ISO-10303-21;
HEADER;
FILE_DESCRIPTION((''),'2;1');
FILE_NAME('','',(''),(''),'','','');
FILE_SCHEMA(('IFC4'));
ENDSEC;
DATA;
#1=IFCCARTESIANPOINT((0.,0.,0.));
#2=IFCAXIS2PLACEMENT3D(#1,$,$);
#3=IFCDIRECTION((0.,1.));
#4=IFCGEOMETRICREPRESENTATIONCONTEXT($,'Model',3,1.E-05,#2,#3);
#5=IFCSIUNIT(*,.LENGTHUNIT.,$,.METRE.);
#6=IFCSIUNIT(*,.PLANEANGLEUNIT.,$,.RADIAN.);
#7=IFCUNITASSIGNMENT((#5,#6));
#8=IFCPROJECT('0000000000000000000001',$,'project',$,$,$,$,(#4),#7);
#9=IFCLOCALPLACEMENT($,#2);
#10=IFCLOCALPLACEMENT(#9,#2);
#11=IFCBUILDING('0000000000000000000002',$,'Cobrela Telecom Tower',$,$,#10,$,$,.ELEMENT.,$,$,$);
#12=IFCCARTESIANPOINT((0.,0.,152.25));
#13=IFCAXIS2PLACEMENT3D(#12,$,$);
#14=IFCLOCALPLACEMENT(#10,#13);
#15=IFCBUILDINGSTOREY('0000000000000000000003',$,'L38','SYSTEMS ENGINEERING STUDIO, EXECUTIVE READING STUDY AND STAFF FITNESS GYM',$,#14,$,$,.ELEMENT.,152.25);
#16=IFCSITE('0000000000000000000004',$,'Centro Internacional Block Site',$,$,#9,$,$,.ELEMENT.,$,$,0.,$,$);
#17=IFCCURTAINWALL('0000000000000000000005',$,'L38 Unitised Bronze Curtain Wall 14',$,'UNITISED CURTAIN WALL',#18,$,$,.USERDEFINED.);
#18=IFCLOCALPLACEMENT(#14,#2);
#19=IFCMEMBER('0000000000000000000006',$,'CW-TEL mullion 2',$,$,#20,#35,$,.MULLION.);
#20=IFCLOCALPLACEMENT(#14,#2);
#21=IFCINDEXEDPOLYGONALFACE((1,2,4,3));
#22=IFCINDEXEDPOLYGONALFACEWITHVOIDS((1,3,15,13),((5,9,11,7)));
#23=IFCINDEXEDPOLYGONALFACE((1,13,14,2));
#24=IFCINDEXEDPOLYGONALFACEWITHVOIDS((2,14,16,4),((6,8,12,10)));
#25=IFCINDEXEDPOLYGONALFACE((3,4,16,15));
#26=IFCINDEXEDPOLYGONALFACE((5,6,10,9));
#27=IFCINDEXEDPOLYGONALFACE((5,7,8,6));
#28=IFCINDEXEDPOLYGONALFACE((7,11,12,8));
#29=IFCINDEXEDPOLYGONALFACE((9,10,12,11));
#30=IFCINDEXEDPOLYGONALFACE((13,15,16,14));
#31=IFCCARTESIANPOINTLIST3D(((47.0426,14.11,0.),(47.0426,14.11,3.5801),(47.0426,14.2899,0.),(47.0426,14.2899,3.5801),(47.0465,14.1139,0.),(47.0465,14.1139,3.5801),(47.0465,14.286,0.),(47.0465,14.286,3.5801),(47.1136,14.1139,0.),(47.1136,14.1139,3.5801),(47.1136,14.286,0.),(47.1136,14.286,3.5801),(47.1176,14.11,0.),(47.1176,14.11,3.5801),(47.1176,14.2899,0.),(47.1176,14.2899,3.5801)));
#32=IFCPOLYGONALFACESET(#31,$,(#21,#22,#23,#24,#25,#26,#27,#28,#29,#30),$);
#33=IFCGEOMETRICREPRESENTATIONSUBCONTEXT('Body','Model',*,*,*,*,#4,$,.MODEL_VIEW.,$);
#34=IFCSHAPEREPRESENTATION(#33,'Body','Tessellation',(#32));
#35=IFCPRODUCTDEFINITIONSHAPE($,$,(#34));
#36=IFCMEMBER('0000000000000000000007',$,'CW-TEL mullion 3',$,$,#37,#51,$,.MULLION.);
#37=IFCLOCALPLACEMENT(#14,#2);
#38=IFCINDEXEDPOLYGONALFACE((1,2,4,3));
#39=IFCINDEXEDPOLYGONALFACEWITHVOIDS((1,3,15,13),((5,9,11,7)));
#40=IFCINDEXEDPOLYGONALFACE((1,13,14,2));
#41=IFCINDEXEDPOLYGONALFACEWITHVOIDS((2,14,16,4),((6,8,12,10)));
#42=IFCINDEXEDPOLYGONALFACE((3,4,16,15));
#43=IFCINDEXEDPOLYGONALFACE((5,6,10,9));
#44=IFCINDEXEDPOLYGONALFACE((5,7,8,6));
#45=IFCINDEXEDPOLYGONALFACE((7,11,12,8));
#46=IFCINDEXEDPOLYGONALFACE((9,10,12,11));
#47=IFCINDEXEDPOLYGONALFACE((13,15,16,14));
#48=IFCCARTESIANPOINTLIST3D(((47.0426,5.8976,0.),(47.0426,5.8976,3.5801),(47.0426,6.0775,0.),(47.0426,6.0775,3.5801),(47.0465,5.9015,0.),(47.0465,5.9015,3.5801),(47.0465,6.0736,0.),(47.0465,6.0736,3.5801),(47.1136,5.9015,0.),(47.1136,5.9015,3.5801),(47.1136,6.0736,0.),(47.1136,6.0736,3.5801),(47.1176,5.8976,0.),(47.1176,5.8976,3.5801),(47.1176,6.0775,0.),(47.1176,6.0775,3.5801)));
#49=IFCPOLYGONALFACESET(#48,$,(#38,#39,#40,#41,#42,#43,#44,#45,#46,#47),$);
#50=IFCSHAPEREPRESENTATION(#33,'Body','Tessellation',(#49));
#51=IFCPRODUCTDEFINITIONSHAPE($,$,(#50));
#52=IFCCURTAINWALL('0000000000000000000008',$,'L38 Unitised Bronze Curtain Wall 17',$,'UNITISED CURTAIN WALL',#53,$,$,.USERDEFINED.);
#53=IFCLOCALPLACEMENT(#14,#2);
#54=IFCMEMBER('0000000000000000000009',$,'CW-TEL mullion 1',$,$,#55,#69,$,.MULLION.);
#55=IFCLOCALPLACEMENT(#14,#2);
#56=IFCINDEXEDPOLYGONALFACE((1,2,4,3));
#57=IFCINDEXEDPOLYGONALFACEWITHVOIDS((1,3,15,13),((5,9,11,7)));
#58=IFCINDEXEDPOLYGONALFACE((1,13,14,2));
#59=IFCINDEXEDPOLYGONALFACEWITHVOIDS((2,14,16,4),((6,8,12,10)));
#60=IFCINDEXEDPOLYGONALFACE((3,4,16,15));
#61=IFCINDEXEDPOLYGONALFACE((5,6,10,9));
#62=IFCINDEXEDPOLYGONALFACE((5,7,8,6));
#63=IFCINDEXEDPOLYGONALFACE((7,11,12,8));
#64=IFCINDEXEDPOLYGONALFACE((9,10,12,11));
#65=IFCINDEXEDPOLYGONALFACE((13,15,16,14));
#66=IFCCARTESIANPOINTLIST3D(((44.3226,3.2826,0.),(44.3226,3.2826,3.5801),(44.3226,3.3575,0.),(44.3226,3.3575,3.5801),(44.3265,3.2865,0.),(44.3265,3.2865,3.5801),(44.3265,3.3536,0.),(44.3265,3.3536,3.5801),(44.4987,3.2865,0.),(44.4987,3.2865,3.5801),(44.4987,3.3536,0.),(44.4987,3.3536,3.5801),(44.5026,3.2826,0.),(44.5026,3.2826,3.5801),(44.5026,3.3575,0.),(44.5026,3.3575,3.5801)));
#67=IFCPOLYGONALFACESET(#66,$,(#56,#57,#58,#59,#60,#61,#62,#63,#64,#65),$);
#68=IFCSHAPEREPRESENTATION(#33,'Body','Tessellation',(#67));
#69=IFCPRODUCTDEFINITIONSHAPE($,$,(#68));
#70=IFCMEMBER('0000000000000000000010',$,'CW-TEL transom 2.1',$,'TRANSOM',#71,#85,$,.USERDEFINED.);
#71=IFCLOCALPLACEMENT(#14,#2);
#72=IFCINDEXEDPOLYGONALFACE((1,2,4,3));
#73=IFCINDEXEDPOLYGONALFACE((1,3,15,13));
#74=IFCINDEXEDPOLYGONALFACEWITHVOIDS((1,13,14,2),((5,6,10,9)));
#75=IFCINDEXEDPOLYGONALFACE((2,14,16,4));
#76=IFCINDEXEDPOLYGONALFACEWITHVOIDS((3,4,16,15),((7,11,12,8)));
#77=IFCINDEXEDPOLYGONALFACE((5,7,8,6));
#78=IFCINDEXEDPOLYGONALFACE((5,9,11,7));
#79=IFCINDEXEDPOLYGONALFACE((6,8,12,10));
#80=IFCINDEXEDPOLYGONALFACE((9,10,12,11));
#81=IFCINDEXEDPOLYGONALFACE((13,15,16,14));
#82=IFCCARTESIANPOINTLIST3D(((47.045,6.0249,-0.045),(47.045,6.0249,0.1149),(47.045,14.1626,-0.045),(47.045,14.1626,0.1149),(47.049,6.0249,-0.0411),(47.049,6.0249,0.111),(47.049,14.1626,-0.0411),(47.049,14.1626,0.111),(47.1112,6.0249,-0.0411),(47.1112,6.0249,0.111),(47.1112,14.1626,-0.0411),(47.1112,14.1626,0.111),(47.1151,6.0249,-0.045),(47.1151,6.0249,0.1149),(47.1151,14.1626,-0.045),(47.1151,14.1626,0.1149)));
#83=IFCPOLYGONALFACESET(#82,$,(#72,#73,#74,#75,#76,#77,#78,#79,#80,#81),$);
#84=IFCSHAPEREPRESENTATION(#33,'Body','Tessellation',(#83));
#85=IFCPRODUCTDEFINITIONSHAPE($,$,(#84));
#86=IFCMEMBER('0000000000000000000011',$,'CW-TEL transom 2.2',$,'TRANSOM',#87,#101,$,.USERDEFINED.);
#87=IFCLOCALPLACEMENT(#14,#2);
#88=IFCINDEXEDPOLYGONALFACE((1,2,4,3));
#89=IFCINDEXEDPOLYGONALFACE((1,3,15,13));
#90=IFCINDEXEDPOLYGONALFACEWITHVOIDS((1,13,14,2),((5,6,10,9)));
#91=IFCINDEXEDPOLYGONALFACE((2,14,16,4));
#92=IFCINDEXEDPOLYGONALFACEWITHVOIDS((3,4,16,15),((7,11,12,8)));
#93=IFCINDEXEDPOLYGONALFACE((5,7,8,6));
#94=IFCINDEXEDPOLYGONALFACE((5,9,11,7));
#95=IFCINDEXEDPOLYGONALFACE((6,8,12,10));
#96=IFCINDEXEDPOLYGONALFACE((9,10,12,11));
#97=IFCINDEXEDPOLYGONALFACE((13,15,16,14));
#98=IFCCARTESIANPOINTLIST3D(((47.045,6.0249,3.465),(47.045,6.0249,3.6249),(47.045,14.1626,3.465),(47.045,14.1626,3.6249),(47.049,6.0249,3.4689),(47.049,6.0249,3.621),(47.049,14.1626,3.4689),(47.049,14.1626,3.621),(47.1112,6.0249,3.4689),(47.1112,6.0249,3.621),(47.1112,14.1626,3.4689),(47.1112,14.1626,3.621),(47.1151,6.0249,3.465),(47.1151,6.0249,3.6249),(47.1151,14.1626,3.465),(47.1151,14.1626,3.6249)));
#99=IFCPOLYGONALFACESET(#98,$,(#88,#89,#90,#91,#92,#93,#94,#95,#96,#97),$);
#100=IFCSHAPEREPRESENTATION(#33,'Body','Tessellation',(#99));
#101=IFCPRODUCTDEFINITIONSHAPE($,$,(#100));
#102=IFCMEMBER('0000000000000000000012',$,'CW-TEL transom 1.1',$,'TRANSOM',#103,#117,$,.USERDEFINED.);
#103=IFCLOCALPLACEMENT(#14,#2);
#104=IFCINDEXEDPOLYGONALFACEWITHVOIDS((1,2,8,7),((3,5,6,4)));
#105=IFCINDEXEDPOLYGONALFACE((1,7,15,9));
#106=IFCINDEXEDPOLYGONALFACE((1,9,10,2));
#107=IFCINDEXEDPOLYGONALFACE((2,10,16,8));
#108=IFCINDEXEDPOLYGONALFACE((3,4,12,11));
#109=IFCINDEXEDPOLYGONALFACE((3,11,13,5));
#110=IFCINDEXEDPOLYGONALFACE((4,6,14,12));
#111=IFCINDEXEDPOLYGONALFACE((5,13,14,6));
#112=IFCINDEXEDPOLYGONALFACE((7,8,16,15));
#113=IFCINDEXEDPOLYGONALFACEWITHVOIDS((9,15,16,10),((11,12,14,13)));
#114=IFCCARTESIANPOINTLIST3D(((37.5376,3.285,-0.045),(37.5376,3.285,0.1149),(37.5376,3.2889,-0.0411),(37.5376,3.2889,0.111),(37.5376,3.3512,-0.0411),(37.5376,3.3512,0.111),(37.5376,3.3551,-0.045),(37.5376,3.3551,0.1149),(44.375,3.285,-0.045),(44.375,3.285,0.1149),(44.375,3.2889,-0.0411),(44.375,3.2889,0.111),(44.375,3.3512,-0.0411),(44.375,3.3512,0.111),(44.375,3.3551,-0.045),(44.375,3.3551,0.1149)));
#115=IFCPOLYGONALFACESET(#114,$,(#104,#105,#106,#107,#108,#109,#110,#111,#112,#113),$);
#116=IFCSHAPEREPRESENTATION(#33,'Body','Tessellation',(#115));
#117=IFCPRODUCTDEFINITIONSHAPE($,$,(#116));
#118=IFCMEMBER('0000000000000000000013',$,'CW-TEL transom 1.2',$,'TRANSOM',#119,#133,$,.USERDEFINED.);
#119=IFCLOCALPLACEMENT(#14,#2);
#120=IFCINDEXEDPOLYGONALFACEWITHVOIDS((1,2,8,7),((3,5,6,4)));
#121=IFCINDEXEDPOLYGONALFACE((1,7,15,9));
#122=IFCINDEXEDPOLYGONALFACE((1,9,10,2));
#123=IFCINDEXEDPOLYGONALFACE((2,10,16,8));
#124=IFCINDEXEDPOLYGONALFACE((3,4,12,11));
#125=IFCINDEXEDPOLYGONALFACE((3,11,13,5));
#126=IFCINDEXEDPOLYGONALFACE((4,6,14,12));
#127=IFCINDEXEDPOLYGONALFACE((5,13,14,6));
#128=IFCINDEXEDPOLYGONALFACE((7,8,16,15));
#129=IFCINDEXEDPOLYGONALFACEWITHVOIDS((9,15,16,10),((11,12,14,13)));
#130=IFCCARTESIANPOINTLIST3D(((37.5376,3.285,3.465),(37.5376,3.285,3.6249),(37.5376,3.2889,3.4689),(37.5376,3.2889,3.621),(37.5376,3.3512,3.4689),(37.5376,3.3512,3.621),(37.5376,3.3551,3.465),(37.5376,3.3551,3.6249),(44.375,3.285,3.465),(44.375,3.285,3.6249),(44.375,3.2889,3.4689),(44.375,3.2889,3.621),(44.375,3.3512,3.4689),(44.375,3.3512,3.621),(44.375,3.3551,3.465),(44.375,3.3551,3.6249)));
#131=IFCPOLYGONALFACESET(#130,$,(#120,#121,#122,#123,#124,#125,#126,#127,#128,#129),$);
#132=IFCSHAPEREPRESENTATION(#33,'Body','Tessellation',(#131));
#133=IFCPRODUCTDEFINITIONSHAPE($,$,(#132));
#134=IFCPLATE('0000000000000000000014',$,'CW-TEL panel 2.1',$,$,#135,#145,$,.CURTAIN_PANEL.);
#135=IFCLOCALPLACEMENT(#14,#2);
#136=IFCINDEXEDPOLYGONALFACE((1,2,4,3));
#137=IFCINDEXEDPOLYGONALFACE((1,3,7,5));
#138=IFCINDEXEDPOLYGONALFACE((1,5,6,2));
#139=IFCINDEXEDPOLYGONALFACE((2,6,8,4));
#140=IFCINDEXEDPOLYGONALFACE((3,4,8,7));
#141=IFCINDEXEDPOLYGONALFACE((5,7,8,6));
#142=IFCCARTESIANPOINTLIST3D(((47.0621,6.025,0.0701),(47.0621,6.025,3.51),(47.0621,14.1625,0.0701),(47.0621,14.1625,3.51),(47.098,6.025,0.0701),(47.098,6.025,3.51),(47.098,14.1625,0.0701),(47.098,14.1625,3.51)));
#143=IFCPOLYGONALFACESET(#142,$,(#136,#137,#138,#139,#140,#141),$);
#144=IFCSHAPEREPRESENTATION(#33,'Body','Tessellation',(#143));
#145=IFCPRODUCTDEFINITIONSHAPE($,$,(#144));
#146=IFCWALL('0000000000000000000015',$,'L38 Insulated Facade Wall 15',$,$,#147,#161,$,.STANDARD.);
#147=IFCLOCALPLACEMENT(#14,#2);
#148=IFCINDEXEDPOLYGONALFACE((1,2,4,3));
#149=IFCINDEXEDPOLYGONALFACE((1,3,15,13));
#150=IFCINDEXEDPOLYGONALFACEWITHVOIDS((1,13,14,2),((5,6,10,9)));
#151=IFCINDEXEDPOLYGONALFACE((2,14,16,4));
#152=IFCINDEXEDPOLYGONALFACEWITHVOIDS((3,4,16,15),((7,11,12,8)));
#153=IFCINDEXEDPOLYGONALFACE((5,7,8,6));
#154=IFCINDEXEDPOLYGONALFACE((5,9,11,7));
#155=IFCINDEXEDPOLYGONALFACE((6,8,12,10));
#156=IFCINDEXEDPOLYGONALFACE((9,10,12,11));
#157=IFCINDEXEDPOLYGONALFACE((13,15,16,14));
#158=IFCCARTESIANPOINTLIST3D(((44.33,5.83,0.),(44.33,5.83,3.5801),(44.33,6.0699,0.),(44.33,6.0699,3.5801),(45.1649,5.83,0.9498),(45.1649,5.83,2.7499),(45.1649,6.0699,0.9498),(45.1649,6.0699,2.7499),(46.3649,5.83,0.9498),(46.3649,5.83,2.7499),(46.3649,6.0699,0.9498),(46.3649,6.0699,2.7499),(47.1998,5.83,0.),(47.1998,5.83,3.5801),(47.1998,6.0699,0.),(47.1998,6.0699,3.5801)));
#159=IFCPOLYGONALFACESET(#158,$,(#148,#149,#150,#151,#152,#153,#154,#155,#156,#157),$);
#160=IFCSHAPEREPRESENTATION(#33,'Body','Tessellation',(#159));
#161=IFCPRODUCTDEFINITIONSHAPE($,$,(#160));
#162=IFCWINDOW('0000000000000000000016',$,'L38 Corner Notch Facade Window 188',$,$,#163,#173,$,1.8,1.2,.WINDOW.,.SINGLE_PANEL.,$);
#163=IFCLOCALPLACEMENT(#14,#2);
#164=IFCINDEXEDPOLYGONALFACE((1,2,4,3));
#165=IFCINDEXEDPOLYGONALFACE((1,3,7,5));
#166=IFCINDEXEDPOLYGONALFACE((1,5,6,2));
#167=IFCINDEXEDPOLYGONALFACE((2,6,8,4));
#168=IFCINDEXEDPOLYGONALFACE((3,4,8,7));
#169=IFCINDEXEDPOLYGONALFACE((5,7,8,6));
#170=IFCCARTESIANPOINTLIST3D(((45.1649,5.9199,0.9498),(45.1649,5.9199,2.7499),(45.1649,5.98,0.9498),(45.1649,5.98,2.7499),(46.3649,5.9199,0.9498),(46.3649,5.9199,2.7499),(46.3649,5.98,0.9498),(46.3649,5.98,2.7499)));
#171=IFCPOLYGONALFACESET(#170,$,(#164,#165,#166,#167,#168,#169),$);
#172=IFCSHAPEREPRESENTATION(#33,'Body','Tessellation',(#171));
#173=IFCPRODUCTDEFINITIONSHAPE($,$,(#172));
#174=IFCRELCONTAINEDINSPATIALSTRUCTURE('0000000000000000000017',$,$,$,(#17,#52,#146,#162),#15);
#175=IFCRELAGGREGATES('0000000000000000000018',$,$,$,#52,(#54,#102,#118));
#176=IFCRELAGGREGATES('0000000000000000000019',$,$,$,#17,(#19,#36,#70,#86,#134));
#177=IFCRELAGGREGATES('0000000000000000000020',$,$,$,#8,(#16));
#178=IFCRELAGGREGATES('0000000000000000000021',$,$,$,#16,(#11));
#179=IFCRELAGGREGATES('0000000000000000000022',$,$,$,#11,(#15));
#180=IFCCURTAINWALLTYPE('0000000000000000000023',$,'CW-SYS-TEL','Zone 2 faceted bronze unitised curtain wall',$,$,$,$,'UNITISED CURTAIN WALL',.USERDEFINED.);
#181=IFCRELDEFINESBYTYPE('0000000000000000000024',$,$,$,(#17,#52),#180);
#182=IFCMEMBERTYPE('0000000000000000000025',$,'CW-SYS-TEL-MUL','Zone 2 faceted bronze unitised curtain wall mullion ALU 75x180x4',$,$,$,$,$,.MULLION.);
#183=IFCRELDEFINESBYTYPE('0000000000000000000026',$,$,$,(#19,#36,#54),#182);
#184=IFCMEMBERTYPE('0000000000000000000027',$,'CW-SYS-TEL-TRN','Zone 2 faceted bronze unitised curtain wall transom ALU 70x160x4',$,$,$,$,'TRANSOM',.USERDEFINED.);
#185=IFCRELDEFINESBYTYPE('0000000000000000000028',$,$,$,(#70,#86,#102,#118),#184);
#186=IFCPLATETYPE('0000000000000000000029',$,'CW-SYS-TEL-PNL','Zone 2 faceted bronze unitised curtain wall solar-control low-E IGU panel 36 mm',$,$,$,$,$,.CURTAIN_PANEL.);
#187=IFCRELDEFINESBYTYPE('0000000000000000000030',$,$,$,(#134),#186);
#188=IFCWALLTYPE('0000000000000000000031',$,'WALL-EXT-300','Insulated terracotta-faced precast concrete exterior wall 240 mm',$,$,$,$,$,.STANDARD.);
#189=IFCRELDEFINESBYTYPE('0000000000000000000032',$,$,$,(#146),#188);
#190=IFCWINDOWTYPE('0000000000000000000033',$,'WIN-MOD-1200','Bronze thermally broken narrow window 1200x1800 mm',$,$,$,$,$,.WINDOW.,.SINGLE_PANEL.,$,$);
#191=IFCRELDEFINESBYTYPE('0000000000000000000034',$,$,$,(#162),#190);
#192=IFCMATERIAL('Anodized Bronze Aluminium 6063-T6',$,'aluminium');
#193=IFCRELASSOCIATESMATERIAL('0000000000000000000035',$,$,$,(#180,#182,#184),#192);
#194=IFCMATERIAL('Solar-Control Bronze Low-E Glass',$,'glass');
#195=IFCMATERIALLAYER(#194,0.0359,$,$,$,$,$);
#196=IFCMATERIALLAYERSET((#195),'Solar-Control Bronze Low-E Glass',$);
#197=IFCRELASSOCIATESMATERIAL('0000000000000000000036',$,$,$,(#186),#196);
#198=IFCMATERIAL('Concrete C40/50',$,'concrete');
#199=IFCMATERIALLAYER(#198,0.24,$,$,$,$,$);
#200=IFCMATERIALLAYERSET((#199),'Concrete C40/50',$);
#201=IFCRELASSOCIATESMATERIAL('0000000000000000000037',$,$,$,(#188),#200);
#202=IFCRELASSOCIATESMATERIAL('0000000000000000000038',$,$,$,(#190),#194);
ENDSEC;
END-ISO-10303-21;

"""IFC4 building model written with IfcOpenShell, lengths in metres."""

from ifc_helpers import new_model, si_unit, direction, frame, frame_2d, origin, origin_2d, place, context, subcontext, project, spatial, rectangle, hollow_rectangle, extrude, material, layer, layer_set, material_profile, profile_set, type_object, element, fill, aggregate, save


model = new_model("IFC4")

# Units and contexts
model_context = context("Model", 3, precision=1e-05, world=origin(), true_north=direction((0.0, 1.0)))
body_context = subcontext(model_context, "Body", "Model", "MODEL_VIEW")
ifc_project = project(units=[si_unit("LENGTHUNIT", "METRE"), si_unit("PLANEANGLEUNIT", "RADIAN")], contexts=[model_context])

# Site, building, storey
site_placement = place(None, origin())
site = spatial("IfcSite", under=ifc_project, at=site_placement, Name="Centro Internacional Block Site", CompositionType="ELEMENT", RefElevation=0.0)
building_placement = place(site_placement, origin())
building = spatial("IfcBuilding", under=site, at=building_placement, Name="Cobrela Telecom Tower", CompositionType="ELEMENT")
storey_placement = place(building_placement, frame((0.0, 0.0, 152.25)))
storey = spatial("IfcBuildingStorey", under=building, at=storey_placement, Name="L38", Description="SYSTEMS ENGINEERING STUDIO, EXECUTIVE READING STUDY AND STAFF FITNESS GYM", CompositionType="ELEMENT", Elevation=152.25)

# Curtain wall, members
ifc_material_1 = material(Name="Anodized Bronze Aluminium 6063-T6", Category="aluminium")
curtain_wall_type = type_object("IfcCurtainWallType", Name="CW-SYS-TEL", Description="Zone 2 faceted bronze unitised curtain wall", ElementType="UNITISED CURTAIN WALL", PredefinedType="USERDEFINED", material=ifc_material_1)
curtain_wall_1_placement = place(storey_placement, origin())
curtain_wall_1 = element("IfcCurtainWall", 1, at=curtain_wall_1_placement, inside=storey, type_object=curtain_wall_type, Name="L38 Unitised Bronze Curtain Wall 14", ObjectType="UNITISED CURTAIN WALL", PredefinedType="USERDEFINED")
ifc_material_profile_1 = material_profile(ifc_material_1, hollow_rectangle(XDim=0.075, YDim=0.1799, WallThickness=0.0039, at=origin_2d()), Name="ALU 75x180x4")
ifc_profile_set_1 = profile_set([ifc_material_profile_1], Name="Anodized Bronze Aluminium 6063-T6")
member_type_1 = type_object("IfcMemberType", Name="CW-SYS-TEL-MUL", Description="Zone 2 faceted bronze unitised curtain wall mullion ALU 75x180x4", PredefinedType="MULLION", material=ifc_profile_set_1)
member_1_placement = place(storey_placement, frame((47.0801, 14.2, 0.0), z_axis=(0.0, 0.0, 1.0), x_axis=(1.0, 0.0, 0.0)))
member_1 = element("IfcMember", 2, at=member_1_placement, type_object=member_type_1, Name="CW-TEL mullion 2", PredefinedType="MULLION", context=body_context, shape_type="SweptSolid", body=[
    extrude(hollow_rectangle(XDim=0.075, YDim=0.1799, WallThickness=0.0039, at=origin_2d()), origin(), (0.0, 0.0, 1.0), 3.5801),
])
member_2_placement = place(storey_placement, frame((47.0801, 5.9875, 0.0), z_axis=(0.0, 0.0, 1.0), x_axis=(1.0, 0.0, 0.0)))
member_2 = element("IfcMember", 3, at=member_2_placement, type_object=member_type_1, Name="CW-TEL mullion 3", PredefinedType="MULLION", context=body_context, shape_type="SweptSolid", body=[
    extrude(hollow_rectangle(XDim=0.075, YDim=0.1799, WallThickness=0.0039, at=origin_2d()), origin(), (0.0, 0.0, 1.0), 3.5801),
])

# Curtain wall, member
curtain_wall_2_placement = place(storey_placement, origin())
curtain_wall_2 = element("IfcCurtainWall", 4, at=curtain_wall_2_placement, inside=storey, type_object=curtain_wall_type, Name="L38 Unitised Bronze Curtain Wall 17", ObjectType="UNITISED CURTAIN WALL", PredefinedType="USERDEFINED")
member_3_placement = place(storey_placement, frame((44.4126, 3.3201, 0.0), z_axis=(0.0, 0.0, 1.0), x_axis=(0.0, -1.0, 0.0)))
member_3 = element("IfcMember", 5, at=member_3_placement, type_object=member_type_1, Name="CW-TEL mullion 1", PredefinedType="MULLION", context=body_context, shape_type="SweptSolid", body=[
    extrude(hollow_rectangle(XDim=0.075, YDim=0.1799, WallThickness=0.0039, at=origin_2d()), origin(), (0.0, 0.0, 1.0), 3.5801),
])

# Members
ifc_material_profile_2 = material_profile(ifc_material_1, hollow_rectangle(XDim=0.0701, YDim=0.1599, WallThickness=0.0039, at=origin_2d()), Name="ALU 70x160x4")
ifc_profile_set_2 = profile_set([ifc_material_profile_2], Name="Anodized Bronze Aluminium 6063-T6")
member_type_2 = type_object("IfcMemberType", Name="CW-SYS-TEL-TRN", Description="Zone 2 faceted bronze unitised curtain wall transom ALU 70x160x4", ElementType="TRANSOM", PredefinedType="USERDEFINED", material=ifc_profile_set_2)
member_4_placement = place(storey_placement, frame((47.0801, 14.1626, 0.0349), z_axis=(0.0, -1.0, 0.0), x_axis=(1.0, 0.0, 0.0)))
member_4 = element("IfcMember", 6, at=member_4_placement, type_object=member_type_2, Name="CW-TEL transom 2.1", ObjectType="TRANSOM", PredefinedType="USERDEFINED", context=body_context, shape_type="SweptSolid", body=[
    extrude(hollow_rectangle(XDim=0.0701, YDim=0.1599, WallThickness=0.0039, at=origin_2d()), origin(), (0.0, 0.0, 1.0), 8.1377),
])
member_5_placement = place(storey_placement, frame((47.0801, 14.1626, 3.5449), z_axis=(0.0, -1.0, 0.0), x_axis=(1.0, 0.0, 0.0)))
member_5 = element("IfcMember", 7, at=member_5_placement, type_object=member_type_2, Name="CW-TEL transom 2.2", ObjectType="TRANSOM", PredefinedType="USERDEFINED", context=body_context, shape_type="SweptSolid", body=[
    extrude(hollow_rectangle(XDim=0.0701, YDim=0.1599, WallThickness=0.0039, at=origin_2d()), origin(), (0.0, 0.0, 1.0), 8.1377),
])
member_6_placement = place(storey_placement, frame((44.375, 3.3201, 0.0349), z_axis=(-1.0, 0.0, 0.0), x_axis=(0.0, -1.0, 0.0)))
member_6 = element("IfcMember", 8, at=member_6_placement, type_object=member_type_2, Name="CW-TEL transom 1.1", ObjectType="TRANSOM", PredefinedType="USERDEFINED", context=body_context, shape_type="SweptSolid", body=[
    extrude(hollow_rectangle(XDim=0.0701, YDim=0.1599, WallThickness=0.0039, at=origin_2d()), origin(), (0.0, 0.0, 1.0), 6.8374),
])
member_7_placement = place(storey_placement, frame((44.375, 3.3201, 3.5449), z_axis=(-1.0, 0.0, 0.0), x_axis=(0.0, -1.0, 0.0)))
member_7 = element("IfcMember", 9, at=member_7_placement, type_object=member_type_2, Name="CW-TEL transom 1.2", ObjectType="TRANSOM", PredefinedType="USERDEFINED", context=body_context, shape_type="SweptSolid", body=[
    extrude(hollow_rectangle(XDim=0.0701, YDim=0.1599, WallThickness=0.0039, at=origin_2d()), origin(), (0.0, 0.0, 1.0), 6.8374),
])
aggregate(curtain_wall_2, [member_3, member_6, member_7])

# Plate
ifc_material_2 = material(Name="Solar-Control Bronze Low-E Glass", Category="glass")
ifc_layer_1 = layer(ifc_material_2, 0.0359)
ifc_layer_set_1 = layer_set([ifc_layer_1], Name="Solar-Control Bronze Low-E Glass")
plate_type = type_object("IfcPlateType", Name="CW-SYS-TEL-PNL", Description="Zone 2 faceted bronze unitised curtain wall solar-control low-E IGU panel 36 mm", PredefinedType="CURTAIN_PANEL", material=ifc_layer_set_1)
plate_placement = place(storey_placement, frame((47.0801, 10.0938, 0.0701), z_axis=(0.0, 0.0, 1.0), x_axis=(0.0, -1.0, 0.0)))
plate = element("IfcPlate", 10, at=plate_placement, type_object=plate_type, Name="CW-TEL panel 2.1", PredefinedType="CURTAIN_PANEL", context=body_context, shape_type="SweptSolid", body=[
    extrude(rectangle(XDim=8.1375, YDim=0.0359, at=origin_2d()), origin(), (0.0, 0.0, 1.0), 3.4399),
])
aggregate(curtain_wall_1, [member_1, member_2, member_4, member_5, plate])

# Wall, opening, window
ifc_material_3 = material(Name="Concrete C40/50", Category="concrete")
ifc_layer_2 = layer(ifc_material_3, 0.24)
ifc_layer_set_2 = layer_set([ifc_layer_2], Name="Concrete C40/50")
wall_type = type_object("IfcWallType", Name="WALL-EXT-300", Description="Insulated terracotta-faced precast concrete exterior wall 240 mm", PredefinedType="STANDARD", material=ifc_layer_set_2)
wall_1_placement = place(storey_placement, frame((47.2, 5.95, 0.0), z_axis=(0.0, 0.0, 1.0), x_axis=(-1.0, 0.0, 0.0)))
wall_1 = element("IfcWall", 11, at=wall_1_placement, inside=storey, type_object=wall_type, Name="L38 Insulated Facade Wall 15", PredefinedType="STANDARD", context=body_context, shape_type="SweptSolid", body=[
    extrude(rectangle(XDim=2.8699, YDim=0.24, at=frame_2d((1.4351, 0.0))), origin(), (0.0, 0.0, 1.0), 3.5801),
])
opening_1_placement = place(wall_1_placement, frame((0.835, 0.0, 0.95)))
opening_1 = element("IfcOpeningElement", 12, at=opening_1_placement, cuts=wall_1, PredefinedType="OPENING", context=body_context, shape_type="SweptSolid", body=[
    extrude(rectangle(XDim=1.2, YDim=1.8, at=frame_2d((0.6001, 0.8999))), frame((0.0, 0.1318, 0.0), z_axis=(0.0, -1.0, 0.0), x_axis=(1.0, 0.0, 0.0)), (0.0, 0.0, 1.0), 0.2639),
])
window_type_1 = type_object("IfcWindowType", Name="WIN-MOD-1200", Description="Bronze thermally broken narrow window 1200x1800 mm", PartitioningType="SINGLE_PANEL", PredefinedType="WINDOW", material=ifc_material_2)
window_1_placement = place(opening_1_placement, origin())
window_1 = element("IfcWindow", 13, at=window_1_placement, inside=storey, type_object=window_type_1, Name="L38 Corner Notch Facade Window 188", OverallHeight=1.8, OverallWidth=1.2, PartitioningType="SINGLE_PANEL", PredefinedType="WINDOW", context=body_context, shape_type="SweptSolid", body=[
    extrude(rectangle(XDim=1.2, YDim=1.8, at=frame_2d((0.6001, 0.8999))), frame((0.0, 0.03, 0.0), z_axis=(0.0, -1.0, 0.0), x_axis=(1.0, 0.0, 0.0)), (0.0, 0.0, 1.0), 0.0601),
])
fill(opening_1, window_1)

save(model, "model.ifc")
